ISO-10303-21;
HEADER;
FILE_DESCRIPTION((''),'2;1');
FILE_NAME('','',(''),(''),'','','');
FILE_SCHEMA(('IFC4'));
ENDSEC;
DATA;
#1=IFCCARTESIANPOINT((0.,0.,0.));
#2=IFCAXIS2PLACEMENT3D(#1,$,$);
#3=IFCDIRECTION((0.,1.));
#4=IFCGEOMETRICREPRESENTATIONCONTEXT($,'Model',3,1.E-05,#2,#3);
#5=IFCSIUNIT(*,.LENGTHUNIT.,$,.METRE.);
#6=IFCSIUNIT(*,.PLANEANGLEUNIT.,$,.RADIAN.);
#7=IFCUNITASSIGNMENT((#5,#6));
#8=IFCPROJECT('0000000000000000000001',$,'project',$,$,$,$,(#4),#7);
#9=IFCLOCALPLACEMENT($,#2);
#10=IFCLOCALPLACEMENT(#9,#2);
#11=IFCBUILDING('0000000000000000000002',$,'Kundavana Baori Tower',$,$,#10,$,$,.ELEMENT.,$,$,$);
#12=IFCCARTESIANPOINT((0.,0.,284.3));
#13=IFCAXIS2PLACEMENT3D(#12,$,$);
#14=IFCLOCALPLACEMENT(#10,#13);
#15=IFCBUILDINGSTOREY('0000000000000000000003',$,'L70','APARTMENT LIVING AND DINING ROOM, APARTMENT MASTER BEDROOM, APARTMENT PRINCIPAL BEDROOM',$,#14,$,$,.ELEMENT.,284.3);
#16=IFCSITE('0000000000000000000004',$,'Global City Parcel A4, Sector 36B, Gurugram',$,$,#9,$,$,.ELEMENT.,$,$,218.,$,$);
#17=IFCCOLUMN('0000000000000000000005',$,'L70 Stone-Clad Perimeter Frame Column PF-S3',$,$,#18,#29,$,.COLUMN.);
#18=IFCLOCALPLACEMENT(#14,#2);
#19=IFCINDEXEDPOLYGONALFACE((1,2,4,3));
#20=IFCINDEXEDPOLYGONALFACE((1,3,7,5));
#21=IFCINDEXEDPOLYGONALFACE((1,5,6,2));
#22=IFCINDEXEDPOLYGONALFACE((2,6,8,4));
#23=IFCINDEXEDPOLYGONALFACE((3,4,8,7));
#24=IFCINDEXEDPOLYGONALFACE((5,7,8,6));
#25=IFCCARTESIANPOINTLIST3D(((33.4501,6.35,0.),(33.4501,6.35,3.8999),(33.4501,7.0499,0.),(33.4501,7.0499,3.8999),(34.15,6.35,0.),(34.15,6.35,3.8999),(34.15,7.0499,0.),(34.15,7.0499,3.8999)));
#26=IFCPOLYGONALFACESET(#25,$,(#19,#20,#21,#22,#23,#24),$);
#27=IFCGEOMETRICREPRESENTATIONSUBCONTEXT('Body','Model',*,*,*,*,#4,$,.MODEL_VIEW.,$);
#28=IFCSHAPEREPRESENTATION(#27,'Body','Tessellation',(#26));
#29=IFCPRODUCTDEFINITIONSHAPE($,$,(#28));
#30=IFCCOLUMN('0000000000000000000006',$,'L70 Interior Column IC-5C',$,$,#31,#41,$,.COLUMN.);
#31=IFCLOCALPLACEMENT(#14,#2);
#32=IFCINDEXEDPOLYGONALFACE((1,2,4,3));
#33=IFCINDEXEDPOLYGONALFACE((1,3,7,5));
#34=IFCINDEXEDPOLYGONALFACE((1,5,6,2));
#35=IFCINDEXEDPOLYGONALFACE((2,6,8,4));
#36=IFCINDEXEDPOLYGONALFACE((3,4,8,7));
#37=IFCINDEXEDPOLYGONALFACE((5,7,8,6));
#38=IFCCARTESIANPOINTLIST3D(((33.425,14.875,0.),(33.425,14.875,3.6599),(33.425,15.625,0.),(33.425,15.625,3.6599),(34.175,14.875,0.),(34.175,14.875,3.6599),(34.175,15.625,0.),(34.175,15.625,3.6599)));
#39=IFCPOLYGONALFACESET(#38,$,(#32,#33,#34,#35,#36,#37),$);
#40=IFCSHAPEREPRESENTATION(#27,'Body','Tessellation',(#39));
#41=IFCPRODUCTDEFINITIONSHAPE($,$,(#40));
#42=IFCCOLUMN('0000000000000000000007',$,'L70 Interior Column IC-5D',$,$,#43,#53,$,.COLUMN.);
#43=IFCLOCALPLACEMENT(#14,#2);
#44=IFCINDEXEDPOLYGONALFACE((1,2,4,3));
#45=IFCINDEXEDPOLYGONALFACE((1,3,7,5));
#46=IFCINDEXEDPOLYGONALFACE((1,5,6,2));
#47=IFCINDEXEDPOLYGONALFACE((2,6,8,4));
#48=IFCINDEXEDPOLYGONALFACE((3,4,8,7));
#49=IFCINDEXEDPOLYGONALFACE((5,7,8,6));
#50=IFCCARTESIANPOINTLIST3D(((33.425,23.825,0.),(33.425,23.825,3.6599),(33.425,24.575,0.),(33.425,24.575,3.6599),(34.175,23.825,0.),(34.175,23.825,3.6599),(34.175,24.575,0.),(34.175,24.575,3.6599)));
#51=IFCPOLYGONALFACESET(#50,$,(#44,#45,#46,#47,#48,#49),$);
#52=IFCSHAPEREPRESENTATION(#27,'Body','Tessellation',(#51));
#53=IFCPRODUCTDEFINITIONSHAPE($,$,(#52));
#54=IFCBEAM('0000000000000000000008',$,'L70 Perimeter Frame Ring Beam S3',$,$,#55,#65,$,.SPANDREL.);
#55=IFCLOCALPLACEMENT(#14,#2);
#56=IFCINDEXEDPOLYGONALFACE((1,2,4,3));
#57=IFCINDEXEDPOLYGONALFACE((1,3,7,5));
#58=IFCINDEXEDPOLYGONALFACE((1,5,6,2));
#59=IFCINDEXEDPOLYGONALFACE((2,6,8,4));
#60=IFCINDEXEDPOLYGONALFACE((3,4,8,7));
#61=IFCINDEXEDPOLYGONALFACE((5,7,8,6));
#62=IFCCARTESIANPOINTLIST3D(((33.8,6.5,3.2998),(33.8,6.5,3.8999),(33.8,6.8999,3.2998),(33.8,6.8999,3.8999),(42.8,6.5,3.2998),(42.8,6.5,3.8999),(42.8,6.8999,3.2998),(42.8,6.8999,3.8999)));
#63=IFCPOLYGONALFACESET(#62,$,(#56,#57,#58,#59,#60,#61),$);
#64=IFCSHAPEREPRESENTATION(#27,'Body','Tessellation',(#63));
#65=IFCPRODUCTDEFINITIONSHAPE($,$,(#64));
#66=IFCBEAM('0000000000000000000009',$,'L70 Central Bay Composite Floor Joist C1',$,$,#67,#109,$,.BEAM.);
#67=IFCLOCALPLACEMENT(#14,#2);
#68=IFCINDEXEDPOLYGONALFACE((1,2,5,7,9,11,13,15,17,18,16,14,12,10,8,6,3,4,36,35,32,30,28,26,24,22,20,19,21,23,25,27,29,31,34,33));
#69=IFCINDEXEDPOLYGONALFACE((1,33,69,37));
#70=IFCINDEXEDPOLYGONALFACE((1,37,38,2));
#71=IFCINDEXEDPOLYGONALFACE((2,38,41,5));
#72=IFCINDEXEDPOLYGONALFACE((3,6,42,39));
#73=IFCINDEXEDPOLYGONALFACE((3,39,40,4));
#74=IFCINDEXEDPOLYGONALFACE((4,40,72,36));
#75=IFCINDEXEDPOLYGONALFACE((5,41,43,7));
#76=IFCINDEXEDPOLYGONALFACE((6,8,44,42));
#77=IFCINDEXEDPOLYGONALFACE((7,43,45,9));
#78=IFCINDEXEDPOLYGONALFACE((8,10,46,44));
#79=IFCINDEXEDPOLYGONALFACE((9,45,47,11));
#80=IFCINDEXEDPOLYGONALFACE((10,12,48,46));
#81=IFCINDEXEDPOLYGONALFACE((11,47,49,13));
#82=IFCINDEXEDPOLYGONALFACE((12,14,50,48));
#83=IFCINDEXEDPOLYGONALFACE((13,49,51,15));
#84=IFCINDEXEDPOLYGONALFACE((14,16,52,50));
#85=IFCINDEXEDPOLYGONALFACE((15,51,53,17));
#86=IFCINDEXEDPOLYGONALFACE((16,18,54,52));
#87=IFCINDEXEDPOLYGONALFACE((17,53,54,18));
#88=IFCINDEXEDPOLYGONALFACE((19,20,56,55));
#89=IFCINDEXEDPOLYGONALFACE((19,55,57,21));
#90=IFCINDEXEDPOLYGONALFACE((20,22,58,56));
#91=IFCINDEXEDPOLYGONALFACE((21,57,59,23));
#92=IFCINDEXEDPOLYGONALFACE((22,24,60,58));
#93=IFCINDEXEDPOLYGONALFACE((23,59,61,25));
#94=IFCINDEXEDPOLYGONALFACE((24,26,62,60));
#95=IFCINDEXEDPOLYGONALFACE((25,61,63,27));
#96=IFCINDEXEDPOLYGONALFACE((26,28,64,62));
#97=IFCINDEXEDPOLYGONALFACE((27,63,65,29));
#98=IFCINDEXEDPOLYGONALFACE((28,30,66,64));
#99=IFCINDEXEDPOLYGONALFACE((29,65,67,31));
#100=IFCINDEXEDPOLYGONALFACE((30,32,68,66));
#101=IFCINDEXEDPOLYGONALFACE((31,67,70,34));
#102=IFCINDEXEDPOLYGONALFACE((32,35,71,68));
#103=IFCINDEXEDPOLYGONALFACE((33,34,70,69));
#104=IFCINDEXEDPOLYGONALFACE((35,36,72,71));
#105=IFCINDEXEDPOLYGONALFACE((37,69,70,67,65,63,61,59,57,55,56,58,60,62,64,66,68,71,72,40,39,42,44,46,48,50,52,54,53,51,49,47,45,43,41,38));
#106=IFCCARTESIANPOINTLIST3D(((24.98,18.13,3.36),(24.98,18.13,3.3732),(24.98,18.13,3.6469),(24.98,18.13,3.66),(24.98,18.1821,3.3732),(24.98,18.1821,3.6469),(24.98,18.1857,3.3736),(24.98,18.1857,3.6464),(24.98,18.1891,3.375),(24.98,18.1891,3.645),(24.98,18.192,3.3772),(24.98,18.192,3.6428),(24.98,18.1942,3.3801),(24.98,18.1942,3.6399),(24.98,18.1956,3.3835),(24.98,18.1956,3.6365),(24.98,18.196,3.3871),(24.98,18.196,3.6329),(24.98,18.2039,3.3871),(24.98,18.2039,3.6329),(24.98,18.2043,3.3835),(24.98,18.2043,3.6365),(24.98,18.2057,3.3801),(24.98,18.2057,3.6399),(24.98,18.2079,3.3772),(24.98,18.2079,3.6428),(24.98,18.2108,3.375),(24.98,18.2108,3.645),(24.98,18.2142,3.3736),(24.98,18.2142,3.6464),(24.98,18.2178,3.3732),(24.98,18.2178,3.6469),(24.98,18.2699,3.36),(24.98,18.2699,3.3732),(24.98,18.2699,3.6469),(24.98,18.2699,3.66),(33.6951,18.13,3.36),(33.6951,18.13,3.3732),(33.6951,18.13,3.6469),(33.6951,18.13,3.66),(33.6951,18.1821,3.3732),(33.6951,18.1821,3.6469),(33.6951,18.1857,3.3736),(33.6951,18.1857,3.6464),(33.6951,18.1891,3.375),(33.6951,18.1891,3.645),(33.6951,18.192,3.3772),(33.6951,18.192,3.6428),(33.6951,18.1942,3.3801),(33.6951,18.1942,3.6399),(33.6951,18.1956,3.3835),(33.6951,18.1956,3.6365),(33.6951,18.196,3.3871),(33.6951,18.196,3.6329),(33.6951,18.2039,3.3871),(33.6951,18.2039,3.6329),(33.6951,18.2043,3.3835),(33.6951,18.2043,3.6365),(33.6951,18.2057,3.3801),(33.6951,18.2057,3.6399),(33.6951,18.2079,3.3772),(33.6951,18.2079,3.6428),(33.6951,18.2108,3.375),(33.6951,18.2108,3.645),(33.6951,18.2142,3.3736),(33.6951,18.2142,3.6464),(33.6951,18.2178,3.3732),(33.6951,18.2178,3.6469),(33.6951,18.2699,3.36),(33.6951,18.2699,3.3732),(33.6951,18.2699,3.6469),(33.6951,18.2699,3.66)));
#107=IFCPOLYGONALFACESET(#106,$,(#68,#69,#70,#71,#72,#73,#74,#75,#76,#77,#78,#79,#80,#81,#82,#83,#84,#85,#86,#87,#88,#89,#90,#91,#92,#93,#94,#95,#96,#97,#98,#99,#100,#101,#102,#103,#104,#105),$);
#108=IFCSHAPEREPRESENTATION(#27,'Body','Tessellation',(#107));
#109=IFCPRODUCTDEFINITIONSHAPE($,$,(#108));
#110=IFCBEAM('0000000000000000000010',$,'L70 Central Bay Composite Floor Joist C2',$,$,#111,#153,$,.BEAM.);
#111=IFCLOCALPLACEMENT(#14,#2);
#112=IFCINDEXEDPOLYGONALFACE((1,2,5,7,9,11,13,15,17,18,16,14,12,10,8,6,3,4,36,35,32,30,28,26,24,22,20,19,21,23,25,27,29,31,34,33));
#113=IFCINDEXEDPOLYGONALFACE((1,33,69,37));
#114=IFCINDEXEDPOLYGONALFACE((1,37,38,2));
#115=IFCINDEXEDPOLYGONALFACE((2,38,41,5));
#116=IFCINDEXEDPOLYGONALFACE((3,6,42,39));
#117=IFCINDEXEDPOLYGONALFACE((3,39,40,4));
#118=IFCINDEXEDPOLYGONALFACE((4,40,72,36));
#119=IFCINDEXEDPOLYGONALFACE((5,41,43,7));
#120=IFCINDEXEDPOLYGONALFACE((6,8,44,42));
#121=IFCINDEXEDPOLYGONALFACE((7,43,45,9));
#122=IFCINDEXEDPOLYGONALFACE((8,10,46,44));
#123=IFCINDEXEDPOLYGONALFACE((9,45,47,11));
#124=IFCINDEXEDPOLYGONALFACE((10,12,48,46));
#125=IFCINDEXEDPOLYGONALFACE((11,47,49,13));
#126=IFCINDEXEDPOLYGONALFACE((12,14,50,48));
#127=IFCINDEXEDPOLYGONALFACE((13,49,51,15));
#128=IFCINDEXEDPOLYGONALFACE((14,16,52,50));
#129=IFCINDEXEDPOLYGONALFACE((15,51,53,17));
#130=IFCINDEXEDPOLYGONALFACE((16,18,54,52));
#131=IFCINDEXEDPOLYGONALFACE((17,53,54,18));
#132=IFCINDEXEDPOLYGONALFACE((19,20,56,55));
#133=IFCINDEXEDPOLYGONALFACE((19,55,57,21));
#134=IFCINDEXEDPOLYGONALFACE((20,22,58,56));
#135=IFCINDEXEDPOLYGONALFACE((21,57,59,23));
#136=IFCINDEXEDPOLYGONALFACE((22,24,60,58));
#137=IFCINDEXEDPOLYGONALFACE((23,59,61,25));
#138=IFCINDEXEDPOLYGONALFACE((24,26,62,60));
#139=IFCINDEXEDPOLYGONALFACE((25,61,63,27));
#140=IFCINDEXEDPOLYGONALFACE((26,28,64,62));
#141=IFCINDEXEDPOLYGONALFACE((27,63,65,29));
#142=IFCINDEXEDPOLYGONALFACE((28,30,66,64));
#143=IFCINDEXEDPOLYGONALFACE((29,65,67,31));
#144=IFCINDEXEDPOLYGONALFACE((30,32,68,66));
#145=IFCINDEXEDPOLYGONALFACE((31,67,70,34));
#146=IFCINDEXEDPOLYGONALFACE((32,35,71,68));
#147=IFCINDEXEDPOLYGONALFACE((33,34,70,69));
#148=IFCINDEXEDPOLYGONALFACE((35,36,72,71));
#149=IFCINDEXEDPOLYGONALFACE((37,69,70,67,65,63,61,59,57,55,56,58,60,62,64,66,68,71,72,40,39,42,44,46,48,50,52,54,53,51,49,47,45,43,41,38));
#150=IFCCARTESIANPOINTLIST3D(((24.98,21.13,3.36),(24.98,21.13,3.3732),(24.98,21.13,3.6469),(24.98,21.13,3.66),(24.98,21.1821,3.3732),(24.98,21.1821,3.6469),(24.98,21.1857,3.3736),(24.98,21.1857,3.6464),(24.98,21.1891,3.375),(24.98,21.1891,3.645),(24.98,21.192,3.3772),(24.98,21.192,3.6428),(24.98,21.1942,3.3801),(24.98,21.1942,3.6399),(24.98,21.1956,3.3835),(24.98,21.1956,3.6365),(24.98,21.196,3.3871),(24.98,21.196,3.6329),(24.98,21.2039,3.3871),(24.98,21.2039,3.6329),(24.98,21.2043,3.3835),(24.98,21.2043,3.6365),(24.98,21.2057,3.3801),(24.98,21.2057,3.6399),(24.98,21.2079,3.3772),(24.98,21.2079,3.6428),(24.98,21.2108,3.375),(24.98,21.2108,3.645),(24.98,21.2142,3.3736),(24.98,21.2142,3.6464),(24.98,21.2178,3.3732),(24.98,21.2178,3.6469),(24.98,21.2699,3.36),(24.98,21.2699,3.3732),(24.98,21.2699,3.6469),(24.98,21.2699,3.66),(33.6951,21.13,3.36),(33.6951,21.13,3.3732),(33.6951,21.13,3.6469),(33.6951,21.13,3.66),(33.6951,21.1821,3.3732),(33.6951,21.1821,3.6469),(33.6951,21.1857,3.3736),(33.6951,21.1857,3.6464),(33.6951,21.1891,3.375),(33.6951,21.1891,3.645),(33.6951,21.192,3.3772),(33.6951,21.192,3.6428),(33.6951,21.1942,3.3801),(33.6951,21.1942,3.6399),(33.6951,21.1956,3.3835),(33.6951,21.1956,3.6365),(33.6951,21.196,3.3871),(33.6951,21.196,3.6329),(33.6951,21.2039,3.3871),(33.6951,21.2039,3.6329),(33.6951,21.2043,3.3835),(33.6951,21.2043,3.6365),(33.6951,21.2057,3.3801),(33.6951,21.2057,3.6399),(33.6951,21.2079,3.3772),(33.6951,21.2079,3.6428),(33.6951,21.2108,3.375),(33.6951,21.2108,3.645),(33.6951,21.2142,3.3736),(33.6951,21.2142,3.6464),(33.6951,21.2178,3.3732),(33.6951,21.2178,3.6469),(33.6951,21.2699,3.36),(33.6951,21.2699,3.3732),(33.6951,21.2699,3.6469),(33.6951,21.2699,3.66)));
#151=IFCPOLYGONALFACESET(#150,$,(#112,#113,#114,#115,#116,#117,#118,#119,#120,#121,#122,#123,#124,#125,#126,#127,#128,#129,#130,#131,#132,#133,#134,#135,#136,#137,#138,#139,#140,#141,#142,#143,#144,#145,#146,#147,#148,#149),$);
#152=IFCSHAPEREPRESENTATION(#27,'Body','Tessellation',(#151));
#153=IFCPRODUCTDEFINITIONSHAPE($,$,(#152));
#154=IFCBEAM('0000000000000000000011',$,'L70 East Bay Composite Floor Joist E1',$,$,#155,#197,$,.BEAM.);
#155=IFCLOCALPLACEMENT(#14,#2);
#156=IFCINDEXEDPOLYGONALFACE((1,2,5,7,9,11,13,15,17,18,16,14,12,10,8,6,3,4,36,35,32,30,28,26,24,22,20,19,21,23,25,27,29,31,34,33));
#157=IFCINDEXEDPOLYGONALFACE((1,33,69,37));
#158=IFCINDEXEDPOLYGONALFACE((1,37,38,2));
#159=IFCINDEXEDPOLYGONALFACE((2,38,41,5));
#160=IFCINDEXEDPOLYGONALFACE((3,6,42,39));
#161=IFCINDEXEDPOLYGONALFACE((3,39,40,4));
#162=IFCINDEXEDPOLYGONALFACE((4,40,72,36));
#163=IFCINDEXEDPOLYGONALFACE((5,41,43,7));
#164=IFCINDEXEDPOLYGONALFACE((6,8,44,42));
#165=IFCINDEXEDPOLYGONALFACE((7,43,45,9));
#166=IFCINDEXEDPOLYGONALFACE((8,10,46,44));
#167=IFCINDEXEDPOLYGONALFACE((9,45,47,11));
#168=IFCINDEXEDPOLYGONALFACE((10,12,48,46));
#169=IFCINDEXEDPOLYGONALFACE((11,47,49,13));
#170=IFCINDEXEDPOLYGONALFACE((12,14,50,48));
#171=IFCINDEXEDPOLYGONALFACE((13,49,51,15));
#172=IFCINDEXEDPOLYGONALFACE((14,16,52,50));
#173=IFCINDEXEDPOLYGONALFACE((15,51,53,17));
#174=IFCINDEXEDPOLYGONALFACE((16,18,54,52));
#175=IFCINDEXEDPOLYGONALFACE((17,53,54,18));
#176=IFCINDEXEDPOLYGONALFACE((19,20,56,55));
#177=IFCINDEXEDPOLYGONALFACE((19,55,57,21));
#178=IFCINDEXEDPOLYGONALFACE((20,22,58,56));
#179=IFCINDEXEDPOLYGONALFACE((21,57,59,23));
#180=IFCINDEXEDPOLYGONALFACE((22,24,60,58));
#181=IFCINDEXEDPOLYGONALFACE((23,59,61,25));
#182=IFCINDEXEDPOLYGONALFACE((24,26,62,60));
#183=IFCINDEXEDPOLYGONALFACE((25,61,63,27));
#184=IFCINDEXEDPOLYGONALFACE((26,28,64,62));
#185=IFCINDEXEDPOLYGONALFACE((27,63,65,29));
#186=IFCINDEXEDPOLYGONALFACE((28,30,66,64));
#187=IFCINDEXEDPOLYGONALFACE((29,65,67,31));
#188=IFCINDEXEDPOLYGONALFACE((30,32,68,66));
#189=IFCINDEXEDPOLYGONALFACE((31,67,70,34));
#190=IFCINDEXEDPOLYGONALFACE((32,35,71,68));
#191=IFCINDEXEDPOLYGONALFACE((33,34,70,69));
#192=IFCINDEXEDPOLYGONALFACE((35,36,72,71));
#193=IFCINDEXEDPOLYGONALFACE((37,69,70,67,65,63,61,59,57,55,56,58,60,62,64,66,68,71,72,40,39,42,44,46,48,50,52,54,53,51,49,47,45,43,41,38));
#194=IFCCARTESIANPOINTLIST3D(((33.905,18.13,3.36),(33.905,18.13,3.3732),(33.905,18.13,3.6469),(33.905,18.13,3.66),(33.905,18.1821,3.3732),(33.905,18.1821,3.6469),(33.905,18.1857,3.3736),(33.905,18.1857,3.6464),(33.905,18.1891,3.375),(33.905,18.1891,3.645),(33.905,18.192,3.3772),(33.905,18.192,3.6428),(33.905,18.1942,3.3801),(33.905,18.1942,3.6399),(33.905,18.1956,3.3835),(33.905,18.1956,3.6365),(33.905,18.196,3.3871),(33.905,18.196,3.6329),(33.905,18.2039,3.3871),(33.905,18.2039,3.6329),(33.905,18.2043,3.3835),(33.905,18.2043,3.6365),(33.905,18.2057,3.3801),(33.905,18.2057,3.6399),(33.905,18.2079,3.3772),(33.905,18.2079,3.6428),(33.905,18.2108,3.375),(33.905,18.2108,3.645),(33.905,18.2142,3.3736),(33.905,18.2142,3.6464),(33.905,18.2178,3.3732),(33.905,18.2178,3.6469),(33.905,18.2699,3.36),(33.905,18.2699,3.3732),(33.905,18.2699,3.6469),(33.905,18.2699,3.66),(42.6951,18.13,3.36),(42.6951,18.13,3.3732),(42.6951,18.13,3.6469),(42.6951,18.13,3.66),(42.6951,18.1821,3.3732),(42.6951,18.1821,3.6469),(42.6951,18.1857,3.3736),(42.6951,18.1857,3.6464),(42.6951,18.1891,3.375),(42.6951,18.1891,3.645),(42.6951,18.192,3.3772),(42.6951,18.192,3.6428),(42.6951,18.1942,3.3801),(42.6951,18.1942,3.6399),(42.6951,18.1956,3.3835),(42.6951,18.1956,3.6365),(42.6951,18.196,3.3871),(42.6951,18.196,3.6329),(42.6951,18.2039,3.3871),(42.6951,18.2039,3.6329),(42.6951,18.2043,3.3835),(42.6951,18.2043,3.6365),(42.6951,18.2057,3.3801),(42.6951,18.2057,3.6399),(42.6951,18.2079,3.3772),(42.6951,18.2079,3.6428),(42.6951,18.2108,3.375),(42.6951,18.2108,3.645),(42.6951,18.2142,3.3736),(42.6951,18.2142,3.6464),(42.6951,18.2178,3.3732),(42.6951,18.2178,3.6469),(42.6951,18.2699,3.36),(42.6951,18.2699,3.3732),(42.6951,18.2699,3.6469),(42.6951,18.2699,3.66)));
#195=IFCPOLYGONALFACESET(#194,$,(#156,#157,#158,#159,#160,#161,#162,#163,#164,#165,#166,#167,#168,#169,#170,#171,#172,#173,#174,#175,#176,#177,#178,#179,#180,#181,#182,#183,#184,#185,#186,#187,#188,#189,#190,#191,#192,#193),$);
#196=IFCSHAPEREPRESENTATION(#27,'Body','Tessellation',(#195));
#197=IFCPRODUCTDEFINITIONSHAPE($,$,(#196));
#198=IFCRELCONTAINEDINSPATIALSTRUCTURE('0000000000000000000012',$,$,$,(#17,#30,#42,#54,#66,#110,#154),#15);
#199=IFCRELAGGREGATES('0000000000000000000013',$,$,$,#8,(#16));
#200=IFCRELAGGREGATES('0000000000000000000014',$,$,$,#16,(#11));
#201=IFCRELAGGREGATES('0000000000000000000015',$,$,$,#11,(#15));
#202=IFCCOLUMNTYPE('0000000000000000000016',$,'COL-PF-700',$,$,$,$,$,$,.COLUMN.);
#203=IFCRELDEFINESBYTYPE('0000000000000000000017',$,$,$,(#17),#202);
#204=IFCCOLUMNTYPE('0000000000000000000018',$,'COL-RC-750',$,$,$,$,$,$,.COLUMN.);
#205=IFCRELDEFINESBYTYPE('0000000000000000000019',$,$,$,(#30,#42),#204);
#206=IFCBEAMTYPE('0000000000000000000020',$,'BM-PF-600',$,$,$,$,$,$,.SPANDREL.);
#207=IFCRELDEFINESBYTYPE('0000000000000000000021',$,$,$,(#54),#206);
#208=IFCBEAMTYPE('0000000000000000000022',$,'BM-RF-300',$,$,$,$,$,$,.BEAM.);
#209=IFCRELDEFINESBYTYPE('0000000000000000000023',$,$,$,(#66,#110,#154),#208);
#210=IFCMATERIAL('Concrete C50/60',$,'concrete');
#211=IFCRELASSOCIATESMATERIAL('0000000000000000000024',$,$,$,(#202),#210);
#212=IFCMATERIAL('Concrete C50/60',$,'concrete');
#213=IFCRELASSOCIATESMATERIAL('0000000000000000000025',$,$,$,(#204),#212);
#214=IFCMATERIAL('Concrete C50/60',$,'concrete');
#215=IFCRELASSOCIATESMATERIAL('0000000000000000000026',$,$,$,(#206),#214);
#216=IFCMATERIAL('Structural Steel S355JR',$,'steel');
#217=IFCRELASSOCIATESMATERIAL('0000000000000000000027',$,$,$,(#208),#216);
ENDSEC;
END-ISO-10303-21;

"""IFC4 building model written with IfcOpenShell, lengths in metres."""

from ifc_helpers import new_model, si_unit, direction, frame, origin, origin_2d, place, context, subcontext, project, spatial, rectangle, i_section, extrude, material, material_profile, profile_set, type_object, element, save


model = new_model("IFC4")

# Units and contexts
model_context = context("Model", 3, precision=1e-05, world=origin(), true_north=direction((0.0, 1.0)))
body_context = subcontext(model_context, "Body", "Model", "MODEL_VIEW")
ifc_project = project(units=[si_unit("LENGTHUNIT", "METRE"), si_unit("PLANEANGLEUNIT", "RADIAN")], contexts=[model_context])

# Site, building, storey
site_placement = place(None, origin())
site = spatial("IfcSite", under=ifc_project, at=site_placement, Name="Global City Parcel A4, Sector 36B, Gurugram", CompositionType="ELEMENT", RefElevation=218.0)
building_placement = place(site_placement, origin())
building = spatial("IfcBuilding", under=site, at=building_placement, Name="Kundavana Baori Tower", CompositionType="ELEMENT")
storey_placement = place(building_placement, frame((0.0, 0.0, 284.3)))
storey = spatial("IfcBuildingStorey", under=building, at=storey_placement, Name="L70", Description="APARTMENT LIVING AND DINING ROOM, APARTMENT MASTER BEDROOM, APARTMENT PRINCIPAL BEDROOM", CompositionType="ELEMENT", Elevation=284.3)

# Columns
ifc_material_1 = material(Name="Concrete C50/60", Category="concrete")
ifc_material_profile_1 = material_profile(ifc_material_1, rectangle(XDim=0.7, YDim=0.7, at=origin_2d()), Name="RC PF 700x700")
ifc_profile_set_1 = profile_set([ifc_material_profile_1], Name="Concrete C50/60")
column_type_1 = type_object("IfcColumnType", Name="COL-PF-700", PredefinedType="COLUMN", material=ifc_profile_set_1)
column_placement = place(storey_placement, frame((33.8, 6.7, 0.0), z_axis=(0.0, 0.0, 1.0), x_axis=(1.0, 0.0, 0.0)))
element("IfcColumn", 1, at=column_placement, inside=storey, type_object=column_type_1, Name="L70 Stone-Clad Perimeter Frame Column PF-S3", PredefinedType="COLUMN", context=body_context, shape_type="SweptSolid", body=[
    extrude(rectangle(XDim=0.7, YDim=0.7, at=origin_2d()), origin(), (0.0, 0.0, 1.0), 3.8999),
])
ifc_material_2 = material(Name="Concrete C50/60", Category="concrete")
ifc_material_profile_2 = material_profile(ifc_material_2, rectangle(XDim=0.75, YDim=0.75, at=origin_2d()), Name="RC 750x750")
ifc_profile_set_2 = profile_set([ifc_material_profile_2], Name="Concrete C50/60")
column_type_2 = type_object("IfcColumnType", Name="COL-RC-750", PredefinedType="COLUMN", material=ifc_profile_set_2)
for number, where, z_axis, x_axis, name in (
    (2, (33.8, 15.25, 0.0), (0.0, 0.0, 1.0), (1.0, 0.0, 0.0), "L70 Interior Column IC-5C"),
    (3, (33.8, 24.2, 0.0), (0.0, 0.0, 1.0), (1.0, 0.0, 0.0), "L70 Interior Column IC-5D"),
):
    element("IfcColumn", number, at=place(storey_placement, frame(where, z_axis=z_axis, x_axis=x_axis)), inside=storey, type_object=column_type_2, Name=name, PredefinedType="COLUMN", context=body_context, shape_type="SweptSolid", body=[
        extrude(rectangle(XDim=0.75, YDim=0.75, at=origin_2d()), origin(), (0.0, 0.0, 1.0), 3.6599),
    ])

# Beams
ifc_material_3 = material(Name="Concrete C50/60", Category="concrete")
ifc_material_profile_3 = material_profile(ifc_material_3, rectangle(XDim=0.3999, YDim=0.6001, at=origin_2d()), Name="RC BM 400x600")
ifc_profile_set_3 = profile_set([ifc_material_profile_3], Name="Concrete C50/60")
beam_type_1 = type_object("IfcBeamType", Name="BM-PF-600", PredefinedType="SPANDREL", material=ifc_profile_set_3)
beam_1_placement = place(storey_placement, frame((33.8, 6.7, 3.5999), z_axis=(1.0, 0.0, 0.0), x_axis=(0.0, 1.0, 0.0)))
element("IfcBeam", 4, at=beam_1_placement, inside=storey, type_object=beam_type_1, Name="L70 Perimeter Frame Ring Beam S3", PredefinedType="SPANDREL", context=body_context, shape_type="SweptSolid", body=[
    extrude(rectangle(XDim=0.3999, YDim=0.6001, at=origin_2d()), origin(), (0.0, 0.0, 1.0), 9.0),
])
ifc_material_4 = material(Name="Structural Steel S355JR", Category="steel")
ifc_material_profile_4 = material_profile(ifc_material_4, i_section(OverallWidth=0.1399, OverallDepth=0.3, WebThickness=0.0078, FlangeThickness=0.0132, FilletRadius=0.0139, at=origin_2d()), Name="ISMB 300")
ifc_profile_set_4 = profile_set([ifc_material_profile_4], Name="Structural Steel S355JR")
beam_type_2 = type_object("IfcBeamType", Name="BM-RF-300", PredefinedType="BEAM", material=ifc_profile_set_4)
for number, where, z_axis, x_axis, name in (
    (5, (24.98, 18.2, 3.51), (1.0, 0.0, 0.0), (0.0, 1.0, 0.0), "L70 Central Bay Composite Floor Joist C1"),
    (6, (24.98, 21.2, 3.51), (1.0, 0.0, 0.0), (0.0, 1.0, 0.0), "L70 Central Bay Composite Floor Joist C2"),
):
    element("IfcBeam", number, at=place(storey_placement, frame(where, z_axis=z_axis, x_axis=x_axis)), inside=storey, type_object=beam_type_2, Name=name, PredefinedType="BEAM", context=body_context, shape_type="SweptSolid", body=[
        extrude(i_section(OverallWidth=0.1399, OverallDepth=0.3, WebThickness=0.0078, FlangeThickness=0.0132, FilletRadius=0.0139, at=origin_2d()), origin(), (0.0, 0.0, 1.0), 8.7151),
    ])
for number, where, z_axis, x_axis, name in (
    (7, (33.905, 18.2, 3.51), (1.0, 0.0, 0.0), (0.0, 1.0, 0.0), "L70 East Bay Composite Floor Joist E1"),
):
    element("IfcBeam", number, at=place(storey_placement, frame(where, z_axis=z_axis, x_axis=x_axis)), inside=storey, type_object=beam_type_2, Name=name, PredefinedType="BEAM", context=body_context, shape_type="SweptSolid", body=[
        extrude(i_section(OverallWidth=0.1399, OverallDepth=0.3, WebThickness=0.0078, FlangeThickness=0.0132, FilletRadius=0.0139, at=origin_2d()), origin(), (0.0, 0.0, 1.0), 8.79),
    ])

save(model, "model.ifc")
